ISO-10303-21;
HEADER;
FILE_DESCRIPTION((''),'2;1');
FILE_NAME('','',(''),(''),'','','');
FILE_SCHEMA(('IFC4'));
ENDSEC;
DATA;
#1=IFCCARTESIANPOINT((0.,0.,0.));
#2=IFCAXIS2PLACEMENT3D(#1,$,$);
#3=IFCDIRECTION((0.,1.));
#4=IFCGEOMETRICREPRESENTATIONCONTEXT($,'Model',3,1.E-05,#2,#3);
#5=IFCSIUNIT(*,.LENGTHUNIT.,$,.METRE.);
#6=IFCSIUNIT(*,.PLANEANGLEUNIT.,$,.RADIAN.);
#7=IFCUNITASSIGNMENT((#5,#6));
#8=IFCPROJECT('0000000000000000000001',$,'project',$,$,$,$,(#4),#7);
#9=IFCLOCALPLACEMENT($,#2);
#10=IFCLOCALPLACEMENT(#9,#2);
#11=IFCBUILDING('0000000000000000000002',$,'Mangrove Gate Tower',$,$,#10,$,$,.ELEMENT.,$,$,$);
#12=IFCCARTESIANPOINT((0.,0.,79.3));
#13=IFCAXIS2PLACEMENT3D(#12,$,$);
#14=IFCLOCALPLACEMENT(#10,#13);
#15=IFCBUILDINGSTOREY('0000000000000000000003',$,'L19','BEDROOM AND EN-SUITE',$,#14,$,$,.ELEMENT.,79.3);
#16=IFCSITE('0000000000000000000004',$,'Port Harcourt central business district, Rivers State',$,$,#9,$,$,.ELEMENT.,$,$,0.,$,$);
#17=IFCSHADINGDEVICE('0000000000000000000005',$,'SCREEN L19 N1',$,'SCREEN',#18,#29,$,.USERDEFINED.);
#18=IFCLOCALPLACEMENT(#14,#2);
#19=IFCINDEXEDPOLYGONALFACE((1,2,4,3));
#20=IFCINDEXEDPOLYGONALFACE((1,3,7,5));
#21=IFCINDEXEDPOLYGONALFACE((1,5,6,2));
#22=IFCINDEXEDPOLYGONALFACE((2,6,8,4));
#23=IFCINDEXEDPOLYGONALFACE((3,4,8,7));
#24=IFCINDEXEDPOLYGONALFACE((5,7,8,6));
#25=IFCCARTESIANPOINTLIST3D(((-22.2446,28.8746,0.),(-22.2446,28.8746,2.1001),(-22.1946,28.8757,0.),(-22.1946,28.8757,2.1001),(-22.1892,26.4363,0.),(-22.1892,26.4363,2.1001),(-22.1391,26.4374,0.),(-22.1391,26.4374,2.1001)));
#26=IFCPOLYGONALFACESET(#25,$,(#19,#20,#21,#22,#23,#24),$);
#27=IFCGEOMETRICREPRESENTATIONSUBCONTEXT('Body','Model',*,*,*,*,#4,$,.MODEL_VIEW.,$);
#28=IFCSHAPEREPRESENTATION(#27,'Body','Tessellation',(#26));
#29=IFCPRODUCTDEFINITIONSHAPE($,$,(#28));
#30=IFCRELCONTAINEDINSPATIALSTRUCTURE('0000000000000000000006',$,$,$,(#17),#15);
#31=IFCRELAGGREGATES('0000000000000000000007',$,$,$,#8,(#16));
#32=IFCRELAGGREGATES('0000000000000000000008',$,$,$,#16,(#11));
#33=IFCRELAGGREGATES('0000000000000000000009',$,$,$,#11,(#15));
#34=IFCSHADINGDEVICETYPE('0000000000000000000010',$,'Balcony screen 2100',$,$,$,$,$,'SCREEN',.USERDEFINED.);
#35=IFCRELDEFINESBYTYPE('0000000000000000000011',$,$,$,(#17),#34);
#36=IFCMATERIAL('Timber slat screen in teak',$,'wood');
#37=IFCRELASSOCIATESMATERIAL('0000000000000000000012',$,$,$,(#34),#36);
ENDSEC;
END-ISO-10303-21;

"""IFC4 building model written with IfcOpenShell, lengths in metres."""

from ifc_helpers import new_model, si_unit, direction, frame, origin, origin_2d, place, context, subcontext, project, spatial, rectangle, extrude, material, type_object, element, save


model = new_model("IFC4")

# Units and contexts
model_context = context("Model", 3, precision=1e-05, world=origin(), true_north=direction((0.0, 1.0)))
body_context = subcontext(model_context, "Body", "Model", "MODEL_VIEW")
ifc_project = project(units=[si_unit("LENGTHUNIT", "METRE"), si_unit("PLANEANGLEUNIT", "RADIAN")], contexts=[model_context])

# Site, building, storey
site_placement = place(None, origin())
site = spatial("IfcSite", under=ifc_project, at=site_placement, Name="Port Harcourt central business district, Rivers State", CompositionType="ELEMENT", RefElevation=0.0)
building_placement = place(site_placement, origin())
building = spatial("IfcBuilding", under=site, at=building_placement, Name="Mangrove Gate Tower", CompositionType="ELEMENT")
storey_placement = place(building_placement, frame((0.0, 0.0, 79.3)))
storey = spatial("IfcBuildingStorey", under=building, at=storey_placement, Name="L19", Description="BEDROOM AND EN-SUITE", CompositionType="ELEMENT", Elevation=79.3)

# Shading device
ifc_material_1 = material(Name="Timber slat screen in teak", Category="wood")
shading_device_type = type_object("IfcShadingDeviceType", Name="Balcony screen 2100", ElementType="SCREEN", PredefinedType="USERDEFINED", material=ifc_material_1)
shading_device_placement = place(storey_placement, frame((-22.1919, 27.656, 0.0), z_axis=(0.0, 0.0, 1.0), x_axis=(-0.02274, 0.999741, 0.0)))
element("IfcShadingDevice", 1, at=shading_device_placement, inside=storey, type_object=shading_device_type, Name="SCREEN L19 N1", ObjectType="SCREEN", PredefinedType="USERDEFINED", context=body_context, shape_type="SweptSolid", body=[
    extrude(rectangle(XDim=2.439, YDim=0.05, at=origin_2d()), origin(), (0.0, 0.0, 1.0), 2.1001),
])

save(model, "model.ifc")
